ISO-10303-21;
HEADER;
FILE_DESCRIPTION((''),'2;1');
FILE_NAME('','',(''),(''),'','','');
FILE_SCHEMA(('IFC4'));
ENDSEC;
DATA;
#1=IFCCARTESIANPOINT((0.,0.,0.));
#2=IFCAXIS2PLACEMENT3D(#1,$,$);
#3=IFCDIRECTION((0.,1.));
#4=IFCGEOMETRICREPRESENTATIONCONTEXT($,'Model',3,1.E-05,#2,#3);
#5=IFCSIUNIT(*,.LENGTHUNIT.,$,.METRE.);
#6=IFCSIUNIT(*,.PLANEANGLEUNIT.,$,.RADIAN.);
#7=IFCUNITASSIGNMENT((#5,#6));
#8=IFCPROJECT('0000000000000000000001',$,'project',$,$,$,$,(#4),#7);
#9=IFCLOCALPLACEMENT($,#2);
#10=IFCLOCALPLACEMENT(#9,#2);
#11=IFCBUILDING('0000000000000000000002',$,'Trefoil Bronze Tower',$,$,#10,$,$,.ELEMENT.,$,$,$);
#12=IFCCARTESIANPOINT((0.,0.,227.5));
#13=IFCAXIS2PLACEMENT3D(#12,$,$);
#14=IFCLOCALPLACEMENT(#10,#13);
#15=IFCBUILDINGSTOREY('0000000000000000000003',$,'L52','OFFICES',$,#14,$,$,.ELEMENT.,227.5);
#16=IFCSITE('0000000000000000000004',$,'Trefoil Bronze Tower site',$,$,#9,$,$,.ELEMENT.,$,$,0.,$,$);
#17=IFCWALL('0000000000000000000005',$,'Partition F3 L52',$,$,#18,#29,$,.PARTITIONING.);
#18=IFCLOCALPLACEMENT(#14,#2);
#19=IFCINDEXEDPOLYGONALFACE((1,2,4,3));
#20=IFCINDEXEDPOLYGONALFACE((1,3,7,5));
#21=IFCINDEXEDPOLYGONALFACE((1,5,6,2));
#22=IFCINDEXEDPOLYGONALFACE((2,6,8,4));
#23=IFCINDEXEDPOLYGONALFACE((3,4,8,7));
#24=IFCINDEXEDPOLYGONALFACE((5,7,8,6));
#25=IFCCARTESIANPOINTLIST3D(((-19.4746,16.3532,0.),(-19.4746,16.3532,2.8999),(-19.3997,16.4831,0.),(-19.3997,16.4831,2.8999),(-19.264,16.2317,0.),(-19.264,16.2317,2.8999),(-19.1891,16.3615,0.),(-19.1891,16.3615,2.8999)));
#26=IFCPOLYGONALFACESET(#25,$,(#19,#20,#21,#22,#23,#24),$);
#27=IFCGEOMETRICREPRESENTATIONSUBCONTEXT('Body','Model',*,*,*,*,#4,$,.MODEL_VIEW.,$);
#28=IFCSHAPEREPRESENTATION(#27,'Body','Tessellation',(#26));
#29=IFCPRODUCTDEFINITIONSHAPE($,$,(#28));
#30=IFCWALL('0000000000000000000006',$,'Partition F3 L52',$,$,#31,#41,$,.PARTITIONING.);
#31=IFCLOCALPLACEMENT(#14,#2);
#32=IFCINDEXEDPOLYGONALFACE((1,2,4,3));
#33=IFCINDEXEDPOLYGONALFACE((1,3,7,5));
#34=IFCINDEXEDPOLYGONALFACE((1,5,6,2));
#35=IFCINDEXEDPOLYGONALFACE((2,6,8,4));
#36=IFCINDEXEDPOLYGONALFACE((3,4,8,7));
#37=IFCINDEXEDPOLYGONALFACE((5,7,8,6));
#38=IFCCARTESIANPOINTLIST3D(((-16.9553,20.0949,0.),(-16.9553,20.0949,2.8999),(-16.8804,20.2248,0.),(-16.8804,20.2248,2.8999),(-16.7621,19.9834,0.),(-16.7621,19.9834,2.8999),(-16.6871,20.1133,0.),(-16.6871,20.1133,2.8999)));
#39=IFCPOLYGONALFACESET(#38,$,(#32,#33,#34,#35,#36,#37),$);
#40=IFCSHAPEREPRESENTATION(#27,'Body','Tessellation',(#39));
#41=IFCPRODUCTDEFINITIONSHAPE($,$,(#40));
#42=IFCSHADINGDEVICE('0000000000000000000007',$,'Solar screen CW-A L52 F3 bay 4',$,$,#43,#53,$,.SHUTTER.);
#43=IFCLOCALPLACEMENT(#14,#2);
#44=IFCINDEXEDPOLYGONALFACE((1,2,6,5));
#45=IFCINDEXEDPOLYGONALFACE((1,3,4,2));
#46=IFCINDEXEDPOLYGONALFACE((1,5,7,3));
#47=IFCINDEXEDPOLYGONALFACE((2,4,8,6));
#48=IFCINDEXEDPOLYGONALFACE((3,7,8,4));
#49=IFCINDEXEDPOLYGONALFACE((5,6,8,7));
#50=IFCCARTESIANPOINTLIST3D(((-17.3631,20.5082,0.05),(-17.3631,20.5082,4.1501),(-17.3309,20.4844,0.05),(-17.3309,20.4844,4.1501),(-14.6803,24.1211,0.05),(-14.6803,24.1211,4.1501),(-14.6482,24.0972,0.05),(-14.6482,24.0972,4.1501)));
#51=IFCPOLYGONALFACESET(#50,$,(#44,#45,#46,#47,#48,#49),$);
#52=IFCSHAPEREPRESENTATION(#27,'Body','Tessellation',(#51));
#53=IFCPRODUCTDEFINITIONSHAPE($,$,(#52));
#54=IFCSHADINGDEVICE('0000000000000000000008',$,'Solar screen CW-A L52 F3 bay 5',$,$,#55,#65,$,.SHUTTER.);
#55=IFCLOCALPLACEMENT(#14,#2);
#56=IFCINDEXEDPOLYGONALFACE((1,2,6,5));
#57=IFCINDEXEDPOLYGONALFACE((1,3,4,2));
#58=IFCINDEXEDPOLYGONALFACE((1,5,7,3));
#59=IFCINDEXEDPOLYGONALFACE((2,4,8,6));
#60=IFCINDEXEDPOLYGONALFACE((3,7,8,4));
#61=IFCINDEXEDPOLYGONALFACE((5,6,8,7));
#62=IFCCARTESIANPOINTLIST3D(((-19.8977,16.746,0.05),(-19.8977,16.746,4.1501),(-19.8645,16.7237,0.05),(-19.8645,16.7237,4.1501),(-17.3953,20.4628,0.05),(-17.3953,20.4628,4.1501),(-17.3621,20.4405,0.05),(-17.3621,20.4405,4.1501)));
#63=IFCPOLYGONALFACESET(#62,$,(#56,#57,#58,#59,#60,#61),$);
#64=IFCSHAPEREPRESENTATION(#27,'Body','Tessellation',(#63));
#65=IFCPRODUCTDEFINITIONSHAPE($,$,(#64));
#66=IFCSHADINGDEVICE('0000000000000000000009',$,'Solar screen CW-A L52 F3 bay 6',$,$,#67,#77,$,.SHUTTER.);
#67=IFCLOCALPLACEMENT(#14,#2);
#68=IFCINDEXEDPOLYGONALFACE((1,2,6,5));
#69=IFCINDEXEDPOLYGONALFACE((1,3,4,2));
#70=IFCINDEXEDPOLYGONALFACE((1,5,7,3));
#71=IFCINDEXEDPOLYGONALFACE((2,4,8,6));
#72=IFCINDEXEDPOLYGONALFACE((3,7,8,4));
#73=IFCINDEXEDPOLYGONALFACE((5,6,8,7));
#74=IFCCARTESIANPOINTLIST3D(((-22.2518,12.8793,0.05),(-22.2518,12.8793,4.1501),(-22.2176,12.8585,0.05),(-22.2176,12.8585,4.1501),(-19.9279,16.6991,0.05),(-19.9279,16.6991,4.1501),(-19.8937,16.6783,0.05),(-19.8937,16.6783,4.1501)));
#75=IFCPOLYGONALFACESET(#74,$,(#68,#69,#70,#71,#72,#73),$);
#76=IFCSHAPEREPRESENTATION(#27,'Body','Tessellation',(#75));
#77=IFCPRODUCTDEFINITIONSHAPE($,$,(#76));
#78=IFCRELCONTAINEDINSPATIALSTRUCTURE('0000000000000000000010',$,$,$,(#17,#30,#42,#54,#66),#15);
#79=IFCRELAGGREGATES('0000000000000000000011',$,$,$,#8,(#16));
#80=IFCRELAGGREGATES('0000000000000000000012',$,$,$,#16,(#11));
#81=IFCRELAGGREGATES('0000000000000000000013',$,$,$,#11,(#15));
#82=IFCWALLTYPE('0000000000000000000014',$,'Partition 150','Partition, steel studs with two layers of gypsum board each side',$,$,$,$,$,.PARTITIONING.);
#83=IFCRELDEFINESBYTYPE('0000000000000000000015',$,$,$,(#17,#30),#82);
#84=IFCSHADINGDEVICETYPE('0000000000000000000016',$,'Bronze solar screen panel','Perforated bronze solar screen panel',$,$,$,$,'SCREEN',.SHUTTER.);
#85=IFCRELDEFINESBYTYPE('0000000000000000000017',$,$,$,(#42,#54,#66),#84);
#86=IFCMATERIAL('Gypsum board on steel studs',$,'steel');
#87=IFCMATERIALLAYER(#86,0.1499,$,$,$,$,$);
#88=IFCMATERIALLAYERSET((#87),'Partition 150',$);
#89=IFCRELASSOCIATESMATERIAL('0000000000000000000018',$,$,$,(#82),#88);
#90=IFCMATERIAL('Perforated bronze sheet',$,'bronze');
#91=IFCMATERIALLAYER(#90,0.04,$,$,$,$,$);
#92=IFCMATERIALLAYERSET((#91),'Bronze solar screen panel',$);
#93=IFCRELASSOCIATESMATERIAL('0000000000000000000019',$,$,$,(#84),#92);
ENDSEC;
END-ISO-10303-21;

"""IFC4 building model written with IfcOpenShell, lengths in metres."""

from ifc_helpers import new_model, si_unit, direction, frame, frame_2d, origin, origin_2d, place, context, subcontext, project, spatial, rectangle, extrude, material, layer, layer_set, type_object, element, save


model = new_model("IFC4")

# Units and contexts
model_context = context("Model", 3, precision=1e-05, world=origin(), true_north=direction((0.0, 1.0)))
body_context = subcontext(model_context, "Body", "Model", "MODEL_VIEW")
ifc_project = project(units=[si_unit("LENGTHUNIT", "METRE"), si_unit("PLANEANGLEUNIT", "RADIAN")], contexts=[model_context])

# Site, building, storey
site_placement = place(None, origin())
site = spatial("IfcSite", under=ifc_project, at=site_placement, Name="Trefoil Bronze Tower site", CompositionType="ELEMENT", RefElevation=0.0)
building_placement = place(site_placement, origin())
building = spatial("IfcBuilding", under=site, at=building_placement, Name="Trefoil Bronze Tower", CompositionType="ELEMENT")
storey_placement = place(building_placement, frame((0.0, 0.0, 227.5)))
storey = spatial("IfcBuildingStorey", under=building, at=storey_placement, Name="L52", Description="OFFICES", CompositionType="ELEMENT", Elevation=227.5)

# Walls
ifc_material_1 = material(Name="Gypsum board on steel studs", Category="steel")
ifc_layer_1 = layer(ifc_material_1, 0.1499)
ifc_layer_set_1 = layer_set([ifc_layer_1], Name="Partition 150")
wall_type_1 = type_object("IfcWallType", Name="Partition 150", Description="Partition, steel studs with two layers of gypsum board each side", PredefinedType="PARTITIONING", material=ifc_layer_set_1)
wall_1_placement = place(storey_placement, frame((-19.2266, 16.2966, 0.0), z_axis=(0.0, 0.0, 1.0), x_axis=(-0.866135, 0.499809, 0.0)))
element("IfcWall", 1, at=wall_1_placement, inside=storey, type_object=wall_type_1, Name="Partition F3 L52", PredefinedType="PARTITIONING", context=body_context, shape_type="SweptSolid", body=[
    extrude(rectangle(XDim=0.2432, YDim=0.1499, at=frame_2d((0.1216, 0.0))), origin(), (0.0, 0.0, 1.0), 2.8999),
])
wall_2_placement = place(storey_placement, frame((-16.7246, 20.0483, 0.0), z_axis=(0.0, 0.0, 1.0), x_axis=(-0.866149, 0.499786, 0.0)))
element("IfcWall", 2, at=wall_2_placement, inside=storey, type_object=wall_type_1, Name="Partition F3 L52", PredefinedType="PARTITIONING", context=body_context, shape_type="SweptSolid", body=[
    extrude(rectangle(XDim=0.2231, YDim=0.1499, at=frame_2d((0.1116, 0.0))), origin(), (0.0, 0.0, 1.0), 2.8999),
])

# Shading devices
ifc_material_2 = material(Name="Perforated bronze sheet", Category="bronze")
ifc_layer_2 = layer(ifc_material_2, 0.04)
ifc_layer_set_2 = layer_set([ifc_layer_2], Name="Bronze solar screen panel")
shading_device_type = type_object("IfcShadingDeviceType", Name="Bronze solar screen panel", Description="Perforated bronze solar screen panel", ElementType="SCREEN", PredefinedType="SHUTTER", material=ifc_layer_set_2)
shading_device_1_placement = place(storey_placement, frame((-16.0056, 22.3027, 0.05), z_axis=(0.0, 0.0, 1.0), x_axis=(-0.596162, -0.802865, 0.0)))
element("IfcShadingDevice", 3, at=shading_device_1_placement, inside=storey, type_object=shading_device_type, Name="Solar screen CW-A L52 F3 bay 4", PredefinedType="SHUTTER", context=body_context, shape_type="SweptSolid", body=[
    extrude(rectangle(XDim=4.5, YDim=0.04, at=origin_2d()), origin(), (0.0, 0.0, 1.0), 4.1001),
])
shading_device_2_placement = place(storey_placement, frame((-18.6299, 18.5933, 0.05), z_axis=(0.0, 0.0, 1.0), x_axis=(-0.558493, -0.829509, 0.0)))
element("IfcShadingDevice", 4, at=shading_device_2_placement, inside=storey, type_object=shading_device_type, Name="Solar screen CW-A L52 F3 bay 5", PredefinedType="SHUTTER", context=body_context, shape_type="SweptSolid", body=[
    extrude(rectangle(XDim=4.4807, YDim=0.04, at=origin_2d()), origin(), (0.0, 0.0, 1.0), 4.1001),
])
shading_device_3_placement = place(storey_placement, frame((-21.0728, 14.7788, 0.05), z_axis=(0.0, 0.0, 1.0), x_axis=(-0.519762, -0.854311, 0.0)))
element("IfcShadingDevice", 5, at=shading_device_3_placement, inside=storey, type_object=shading_device_type, Name="Solar screen CW-A L52 F3 bay 6", PredefinedType="SHUTTER", context=body_context, shape_type="SweptSolid", body=[
    extrude(rectangle(XDim=4.4712, YDim=0.04, at=origin_2d()), origin(), (0.0, 0.0, 1.0), 4.1001),
])

save(model, "model.ifc")
